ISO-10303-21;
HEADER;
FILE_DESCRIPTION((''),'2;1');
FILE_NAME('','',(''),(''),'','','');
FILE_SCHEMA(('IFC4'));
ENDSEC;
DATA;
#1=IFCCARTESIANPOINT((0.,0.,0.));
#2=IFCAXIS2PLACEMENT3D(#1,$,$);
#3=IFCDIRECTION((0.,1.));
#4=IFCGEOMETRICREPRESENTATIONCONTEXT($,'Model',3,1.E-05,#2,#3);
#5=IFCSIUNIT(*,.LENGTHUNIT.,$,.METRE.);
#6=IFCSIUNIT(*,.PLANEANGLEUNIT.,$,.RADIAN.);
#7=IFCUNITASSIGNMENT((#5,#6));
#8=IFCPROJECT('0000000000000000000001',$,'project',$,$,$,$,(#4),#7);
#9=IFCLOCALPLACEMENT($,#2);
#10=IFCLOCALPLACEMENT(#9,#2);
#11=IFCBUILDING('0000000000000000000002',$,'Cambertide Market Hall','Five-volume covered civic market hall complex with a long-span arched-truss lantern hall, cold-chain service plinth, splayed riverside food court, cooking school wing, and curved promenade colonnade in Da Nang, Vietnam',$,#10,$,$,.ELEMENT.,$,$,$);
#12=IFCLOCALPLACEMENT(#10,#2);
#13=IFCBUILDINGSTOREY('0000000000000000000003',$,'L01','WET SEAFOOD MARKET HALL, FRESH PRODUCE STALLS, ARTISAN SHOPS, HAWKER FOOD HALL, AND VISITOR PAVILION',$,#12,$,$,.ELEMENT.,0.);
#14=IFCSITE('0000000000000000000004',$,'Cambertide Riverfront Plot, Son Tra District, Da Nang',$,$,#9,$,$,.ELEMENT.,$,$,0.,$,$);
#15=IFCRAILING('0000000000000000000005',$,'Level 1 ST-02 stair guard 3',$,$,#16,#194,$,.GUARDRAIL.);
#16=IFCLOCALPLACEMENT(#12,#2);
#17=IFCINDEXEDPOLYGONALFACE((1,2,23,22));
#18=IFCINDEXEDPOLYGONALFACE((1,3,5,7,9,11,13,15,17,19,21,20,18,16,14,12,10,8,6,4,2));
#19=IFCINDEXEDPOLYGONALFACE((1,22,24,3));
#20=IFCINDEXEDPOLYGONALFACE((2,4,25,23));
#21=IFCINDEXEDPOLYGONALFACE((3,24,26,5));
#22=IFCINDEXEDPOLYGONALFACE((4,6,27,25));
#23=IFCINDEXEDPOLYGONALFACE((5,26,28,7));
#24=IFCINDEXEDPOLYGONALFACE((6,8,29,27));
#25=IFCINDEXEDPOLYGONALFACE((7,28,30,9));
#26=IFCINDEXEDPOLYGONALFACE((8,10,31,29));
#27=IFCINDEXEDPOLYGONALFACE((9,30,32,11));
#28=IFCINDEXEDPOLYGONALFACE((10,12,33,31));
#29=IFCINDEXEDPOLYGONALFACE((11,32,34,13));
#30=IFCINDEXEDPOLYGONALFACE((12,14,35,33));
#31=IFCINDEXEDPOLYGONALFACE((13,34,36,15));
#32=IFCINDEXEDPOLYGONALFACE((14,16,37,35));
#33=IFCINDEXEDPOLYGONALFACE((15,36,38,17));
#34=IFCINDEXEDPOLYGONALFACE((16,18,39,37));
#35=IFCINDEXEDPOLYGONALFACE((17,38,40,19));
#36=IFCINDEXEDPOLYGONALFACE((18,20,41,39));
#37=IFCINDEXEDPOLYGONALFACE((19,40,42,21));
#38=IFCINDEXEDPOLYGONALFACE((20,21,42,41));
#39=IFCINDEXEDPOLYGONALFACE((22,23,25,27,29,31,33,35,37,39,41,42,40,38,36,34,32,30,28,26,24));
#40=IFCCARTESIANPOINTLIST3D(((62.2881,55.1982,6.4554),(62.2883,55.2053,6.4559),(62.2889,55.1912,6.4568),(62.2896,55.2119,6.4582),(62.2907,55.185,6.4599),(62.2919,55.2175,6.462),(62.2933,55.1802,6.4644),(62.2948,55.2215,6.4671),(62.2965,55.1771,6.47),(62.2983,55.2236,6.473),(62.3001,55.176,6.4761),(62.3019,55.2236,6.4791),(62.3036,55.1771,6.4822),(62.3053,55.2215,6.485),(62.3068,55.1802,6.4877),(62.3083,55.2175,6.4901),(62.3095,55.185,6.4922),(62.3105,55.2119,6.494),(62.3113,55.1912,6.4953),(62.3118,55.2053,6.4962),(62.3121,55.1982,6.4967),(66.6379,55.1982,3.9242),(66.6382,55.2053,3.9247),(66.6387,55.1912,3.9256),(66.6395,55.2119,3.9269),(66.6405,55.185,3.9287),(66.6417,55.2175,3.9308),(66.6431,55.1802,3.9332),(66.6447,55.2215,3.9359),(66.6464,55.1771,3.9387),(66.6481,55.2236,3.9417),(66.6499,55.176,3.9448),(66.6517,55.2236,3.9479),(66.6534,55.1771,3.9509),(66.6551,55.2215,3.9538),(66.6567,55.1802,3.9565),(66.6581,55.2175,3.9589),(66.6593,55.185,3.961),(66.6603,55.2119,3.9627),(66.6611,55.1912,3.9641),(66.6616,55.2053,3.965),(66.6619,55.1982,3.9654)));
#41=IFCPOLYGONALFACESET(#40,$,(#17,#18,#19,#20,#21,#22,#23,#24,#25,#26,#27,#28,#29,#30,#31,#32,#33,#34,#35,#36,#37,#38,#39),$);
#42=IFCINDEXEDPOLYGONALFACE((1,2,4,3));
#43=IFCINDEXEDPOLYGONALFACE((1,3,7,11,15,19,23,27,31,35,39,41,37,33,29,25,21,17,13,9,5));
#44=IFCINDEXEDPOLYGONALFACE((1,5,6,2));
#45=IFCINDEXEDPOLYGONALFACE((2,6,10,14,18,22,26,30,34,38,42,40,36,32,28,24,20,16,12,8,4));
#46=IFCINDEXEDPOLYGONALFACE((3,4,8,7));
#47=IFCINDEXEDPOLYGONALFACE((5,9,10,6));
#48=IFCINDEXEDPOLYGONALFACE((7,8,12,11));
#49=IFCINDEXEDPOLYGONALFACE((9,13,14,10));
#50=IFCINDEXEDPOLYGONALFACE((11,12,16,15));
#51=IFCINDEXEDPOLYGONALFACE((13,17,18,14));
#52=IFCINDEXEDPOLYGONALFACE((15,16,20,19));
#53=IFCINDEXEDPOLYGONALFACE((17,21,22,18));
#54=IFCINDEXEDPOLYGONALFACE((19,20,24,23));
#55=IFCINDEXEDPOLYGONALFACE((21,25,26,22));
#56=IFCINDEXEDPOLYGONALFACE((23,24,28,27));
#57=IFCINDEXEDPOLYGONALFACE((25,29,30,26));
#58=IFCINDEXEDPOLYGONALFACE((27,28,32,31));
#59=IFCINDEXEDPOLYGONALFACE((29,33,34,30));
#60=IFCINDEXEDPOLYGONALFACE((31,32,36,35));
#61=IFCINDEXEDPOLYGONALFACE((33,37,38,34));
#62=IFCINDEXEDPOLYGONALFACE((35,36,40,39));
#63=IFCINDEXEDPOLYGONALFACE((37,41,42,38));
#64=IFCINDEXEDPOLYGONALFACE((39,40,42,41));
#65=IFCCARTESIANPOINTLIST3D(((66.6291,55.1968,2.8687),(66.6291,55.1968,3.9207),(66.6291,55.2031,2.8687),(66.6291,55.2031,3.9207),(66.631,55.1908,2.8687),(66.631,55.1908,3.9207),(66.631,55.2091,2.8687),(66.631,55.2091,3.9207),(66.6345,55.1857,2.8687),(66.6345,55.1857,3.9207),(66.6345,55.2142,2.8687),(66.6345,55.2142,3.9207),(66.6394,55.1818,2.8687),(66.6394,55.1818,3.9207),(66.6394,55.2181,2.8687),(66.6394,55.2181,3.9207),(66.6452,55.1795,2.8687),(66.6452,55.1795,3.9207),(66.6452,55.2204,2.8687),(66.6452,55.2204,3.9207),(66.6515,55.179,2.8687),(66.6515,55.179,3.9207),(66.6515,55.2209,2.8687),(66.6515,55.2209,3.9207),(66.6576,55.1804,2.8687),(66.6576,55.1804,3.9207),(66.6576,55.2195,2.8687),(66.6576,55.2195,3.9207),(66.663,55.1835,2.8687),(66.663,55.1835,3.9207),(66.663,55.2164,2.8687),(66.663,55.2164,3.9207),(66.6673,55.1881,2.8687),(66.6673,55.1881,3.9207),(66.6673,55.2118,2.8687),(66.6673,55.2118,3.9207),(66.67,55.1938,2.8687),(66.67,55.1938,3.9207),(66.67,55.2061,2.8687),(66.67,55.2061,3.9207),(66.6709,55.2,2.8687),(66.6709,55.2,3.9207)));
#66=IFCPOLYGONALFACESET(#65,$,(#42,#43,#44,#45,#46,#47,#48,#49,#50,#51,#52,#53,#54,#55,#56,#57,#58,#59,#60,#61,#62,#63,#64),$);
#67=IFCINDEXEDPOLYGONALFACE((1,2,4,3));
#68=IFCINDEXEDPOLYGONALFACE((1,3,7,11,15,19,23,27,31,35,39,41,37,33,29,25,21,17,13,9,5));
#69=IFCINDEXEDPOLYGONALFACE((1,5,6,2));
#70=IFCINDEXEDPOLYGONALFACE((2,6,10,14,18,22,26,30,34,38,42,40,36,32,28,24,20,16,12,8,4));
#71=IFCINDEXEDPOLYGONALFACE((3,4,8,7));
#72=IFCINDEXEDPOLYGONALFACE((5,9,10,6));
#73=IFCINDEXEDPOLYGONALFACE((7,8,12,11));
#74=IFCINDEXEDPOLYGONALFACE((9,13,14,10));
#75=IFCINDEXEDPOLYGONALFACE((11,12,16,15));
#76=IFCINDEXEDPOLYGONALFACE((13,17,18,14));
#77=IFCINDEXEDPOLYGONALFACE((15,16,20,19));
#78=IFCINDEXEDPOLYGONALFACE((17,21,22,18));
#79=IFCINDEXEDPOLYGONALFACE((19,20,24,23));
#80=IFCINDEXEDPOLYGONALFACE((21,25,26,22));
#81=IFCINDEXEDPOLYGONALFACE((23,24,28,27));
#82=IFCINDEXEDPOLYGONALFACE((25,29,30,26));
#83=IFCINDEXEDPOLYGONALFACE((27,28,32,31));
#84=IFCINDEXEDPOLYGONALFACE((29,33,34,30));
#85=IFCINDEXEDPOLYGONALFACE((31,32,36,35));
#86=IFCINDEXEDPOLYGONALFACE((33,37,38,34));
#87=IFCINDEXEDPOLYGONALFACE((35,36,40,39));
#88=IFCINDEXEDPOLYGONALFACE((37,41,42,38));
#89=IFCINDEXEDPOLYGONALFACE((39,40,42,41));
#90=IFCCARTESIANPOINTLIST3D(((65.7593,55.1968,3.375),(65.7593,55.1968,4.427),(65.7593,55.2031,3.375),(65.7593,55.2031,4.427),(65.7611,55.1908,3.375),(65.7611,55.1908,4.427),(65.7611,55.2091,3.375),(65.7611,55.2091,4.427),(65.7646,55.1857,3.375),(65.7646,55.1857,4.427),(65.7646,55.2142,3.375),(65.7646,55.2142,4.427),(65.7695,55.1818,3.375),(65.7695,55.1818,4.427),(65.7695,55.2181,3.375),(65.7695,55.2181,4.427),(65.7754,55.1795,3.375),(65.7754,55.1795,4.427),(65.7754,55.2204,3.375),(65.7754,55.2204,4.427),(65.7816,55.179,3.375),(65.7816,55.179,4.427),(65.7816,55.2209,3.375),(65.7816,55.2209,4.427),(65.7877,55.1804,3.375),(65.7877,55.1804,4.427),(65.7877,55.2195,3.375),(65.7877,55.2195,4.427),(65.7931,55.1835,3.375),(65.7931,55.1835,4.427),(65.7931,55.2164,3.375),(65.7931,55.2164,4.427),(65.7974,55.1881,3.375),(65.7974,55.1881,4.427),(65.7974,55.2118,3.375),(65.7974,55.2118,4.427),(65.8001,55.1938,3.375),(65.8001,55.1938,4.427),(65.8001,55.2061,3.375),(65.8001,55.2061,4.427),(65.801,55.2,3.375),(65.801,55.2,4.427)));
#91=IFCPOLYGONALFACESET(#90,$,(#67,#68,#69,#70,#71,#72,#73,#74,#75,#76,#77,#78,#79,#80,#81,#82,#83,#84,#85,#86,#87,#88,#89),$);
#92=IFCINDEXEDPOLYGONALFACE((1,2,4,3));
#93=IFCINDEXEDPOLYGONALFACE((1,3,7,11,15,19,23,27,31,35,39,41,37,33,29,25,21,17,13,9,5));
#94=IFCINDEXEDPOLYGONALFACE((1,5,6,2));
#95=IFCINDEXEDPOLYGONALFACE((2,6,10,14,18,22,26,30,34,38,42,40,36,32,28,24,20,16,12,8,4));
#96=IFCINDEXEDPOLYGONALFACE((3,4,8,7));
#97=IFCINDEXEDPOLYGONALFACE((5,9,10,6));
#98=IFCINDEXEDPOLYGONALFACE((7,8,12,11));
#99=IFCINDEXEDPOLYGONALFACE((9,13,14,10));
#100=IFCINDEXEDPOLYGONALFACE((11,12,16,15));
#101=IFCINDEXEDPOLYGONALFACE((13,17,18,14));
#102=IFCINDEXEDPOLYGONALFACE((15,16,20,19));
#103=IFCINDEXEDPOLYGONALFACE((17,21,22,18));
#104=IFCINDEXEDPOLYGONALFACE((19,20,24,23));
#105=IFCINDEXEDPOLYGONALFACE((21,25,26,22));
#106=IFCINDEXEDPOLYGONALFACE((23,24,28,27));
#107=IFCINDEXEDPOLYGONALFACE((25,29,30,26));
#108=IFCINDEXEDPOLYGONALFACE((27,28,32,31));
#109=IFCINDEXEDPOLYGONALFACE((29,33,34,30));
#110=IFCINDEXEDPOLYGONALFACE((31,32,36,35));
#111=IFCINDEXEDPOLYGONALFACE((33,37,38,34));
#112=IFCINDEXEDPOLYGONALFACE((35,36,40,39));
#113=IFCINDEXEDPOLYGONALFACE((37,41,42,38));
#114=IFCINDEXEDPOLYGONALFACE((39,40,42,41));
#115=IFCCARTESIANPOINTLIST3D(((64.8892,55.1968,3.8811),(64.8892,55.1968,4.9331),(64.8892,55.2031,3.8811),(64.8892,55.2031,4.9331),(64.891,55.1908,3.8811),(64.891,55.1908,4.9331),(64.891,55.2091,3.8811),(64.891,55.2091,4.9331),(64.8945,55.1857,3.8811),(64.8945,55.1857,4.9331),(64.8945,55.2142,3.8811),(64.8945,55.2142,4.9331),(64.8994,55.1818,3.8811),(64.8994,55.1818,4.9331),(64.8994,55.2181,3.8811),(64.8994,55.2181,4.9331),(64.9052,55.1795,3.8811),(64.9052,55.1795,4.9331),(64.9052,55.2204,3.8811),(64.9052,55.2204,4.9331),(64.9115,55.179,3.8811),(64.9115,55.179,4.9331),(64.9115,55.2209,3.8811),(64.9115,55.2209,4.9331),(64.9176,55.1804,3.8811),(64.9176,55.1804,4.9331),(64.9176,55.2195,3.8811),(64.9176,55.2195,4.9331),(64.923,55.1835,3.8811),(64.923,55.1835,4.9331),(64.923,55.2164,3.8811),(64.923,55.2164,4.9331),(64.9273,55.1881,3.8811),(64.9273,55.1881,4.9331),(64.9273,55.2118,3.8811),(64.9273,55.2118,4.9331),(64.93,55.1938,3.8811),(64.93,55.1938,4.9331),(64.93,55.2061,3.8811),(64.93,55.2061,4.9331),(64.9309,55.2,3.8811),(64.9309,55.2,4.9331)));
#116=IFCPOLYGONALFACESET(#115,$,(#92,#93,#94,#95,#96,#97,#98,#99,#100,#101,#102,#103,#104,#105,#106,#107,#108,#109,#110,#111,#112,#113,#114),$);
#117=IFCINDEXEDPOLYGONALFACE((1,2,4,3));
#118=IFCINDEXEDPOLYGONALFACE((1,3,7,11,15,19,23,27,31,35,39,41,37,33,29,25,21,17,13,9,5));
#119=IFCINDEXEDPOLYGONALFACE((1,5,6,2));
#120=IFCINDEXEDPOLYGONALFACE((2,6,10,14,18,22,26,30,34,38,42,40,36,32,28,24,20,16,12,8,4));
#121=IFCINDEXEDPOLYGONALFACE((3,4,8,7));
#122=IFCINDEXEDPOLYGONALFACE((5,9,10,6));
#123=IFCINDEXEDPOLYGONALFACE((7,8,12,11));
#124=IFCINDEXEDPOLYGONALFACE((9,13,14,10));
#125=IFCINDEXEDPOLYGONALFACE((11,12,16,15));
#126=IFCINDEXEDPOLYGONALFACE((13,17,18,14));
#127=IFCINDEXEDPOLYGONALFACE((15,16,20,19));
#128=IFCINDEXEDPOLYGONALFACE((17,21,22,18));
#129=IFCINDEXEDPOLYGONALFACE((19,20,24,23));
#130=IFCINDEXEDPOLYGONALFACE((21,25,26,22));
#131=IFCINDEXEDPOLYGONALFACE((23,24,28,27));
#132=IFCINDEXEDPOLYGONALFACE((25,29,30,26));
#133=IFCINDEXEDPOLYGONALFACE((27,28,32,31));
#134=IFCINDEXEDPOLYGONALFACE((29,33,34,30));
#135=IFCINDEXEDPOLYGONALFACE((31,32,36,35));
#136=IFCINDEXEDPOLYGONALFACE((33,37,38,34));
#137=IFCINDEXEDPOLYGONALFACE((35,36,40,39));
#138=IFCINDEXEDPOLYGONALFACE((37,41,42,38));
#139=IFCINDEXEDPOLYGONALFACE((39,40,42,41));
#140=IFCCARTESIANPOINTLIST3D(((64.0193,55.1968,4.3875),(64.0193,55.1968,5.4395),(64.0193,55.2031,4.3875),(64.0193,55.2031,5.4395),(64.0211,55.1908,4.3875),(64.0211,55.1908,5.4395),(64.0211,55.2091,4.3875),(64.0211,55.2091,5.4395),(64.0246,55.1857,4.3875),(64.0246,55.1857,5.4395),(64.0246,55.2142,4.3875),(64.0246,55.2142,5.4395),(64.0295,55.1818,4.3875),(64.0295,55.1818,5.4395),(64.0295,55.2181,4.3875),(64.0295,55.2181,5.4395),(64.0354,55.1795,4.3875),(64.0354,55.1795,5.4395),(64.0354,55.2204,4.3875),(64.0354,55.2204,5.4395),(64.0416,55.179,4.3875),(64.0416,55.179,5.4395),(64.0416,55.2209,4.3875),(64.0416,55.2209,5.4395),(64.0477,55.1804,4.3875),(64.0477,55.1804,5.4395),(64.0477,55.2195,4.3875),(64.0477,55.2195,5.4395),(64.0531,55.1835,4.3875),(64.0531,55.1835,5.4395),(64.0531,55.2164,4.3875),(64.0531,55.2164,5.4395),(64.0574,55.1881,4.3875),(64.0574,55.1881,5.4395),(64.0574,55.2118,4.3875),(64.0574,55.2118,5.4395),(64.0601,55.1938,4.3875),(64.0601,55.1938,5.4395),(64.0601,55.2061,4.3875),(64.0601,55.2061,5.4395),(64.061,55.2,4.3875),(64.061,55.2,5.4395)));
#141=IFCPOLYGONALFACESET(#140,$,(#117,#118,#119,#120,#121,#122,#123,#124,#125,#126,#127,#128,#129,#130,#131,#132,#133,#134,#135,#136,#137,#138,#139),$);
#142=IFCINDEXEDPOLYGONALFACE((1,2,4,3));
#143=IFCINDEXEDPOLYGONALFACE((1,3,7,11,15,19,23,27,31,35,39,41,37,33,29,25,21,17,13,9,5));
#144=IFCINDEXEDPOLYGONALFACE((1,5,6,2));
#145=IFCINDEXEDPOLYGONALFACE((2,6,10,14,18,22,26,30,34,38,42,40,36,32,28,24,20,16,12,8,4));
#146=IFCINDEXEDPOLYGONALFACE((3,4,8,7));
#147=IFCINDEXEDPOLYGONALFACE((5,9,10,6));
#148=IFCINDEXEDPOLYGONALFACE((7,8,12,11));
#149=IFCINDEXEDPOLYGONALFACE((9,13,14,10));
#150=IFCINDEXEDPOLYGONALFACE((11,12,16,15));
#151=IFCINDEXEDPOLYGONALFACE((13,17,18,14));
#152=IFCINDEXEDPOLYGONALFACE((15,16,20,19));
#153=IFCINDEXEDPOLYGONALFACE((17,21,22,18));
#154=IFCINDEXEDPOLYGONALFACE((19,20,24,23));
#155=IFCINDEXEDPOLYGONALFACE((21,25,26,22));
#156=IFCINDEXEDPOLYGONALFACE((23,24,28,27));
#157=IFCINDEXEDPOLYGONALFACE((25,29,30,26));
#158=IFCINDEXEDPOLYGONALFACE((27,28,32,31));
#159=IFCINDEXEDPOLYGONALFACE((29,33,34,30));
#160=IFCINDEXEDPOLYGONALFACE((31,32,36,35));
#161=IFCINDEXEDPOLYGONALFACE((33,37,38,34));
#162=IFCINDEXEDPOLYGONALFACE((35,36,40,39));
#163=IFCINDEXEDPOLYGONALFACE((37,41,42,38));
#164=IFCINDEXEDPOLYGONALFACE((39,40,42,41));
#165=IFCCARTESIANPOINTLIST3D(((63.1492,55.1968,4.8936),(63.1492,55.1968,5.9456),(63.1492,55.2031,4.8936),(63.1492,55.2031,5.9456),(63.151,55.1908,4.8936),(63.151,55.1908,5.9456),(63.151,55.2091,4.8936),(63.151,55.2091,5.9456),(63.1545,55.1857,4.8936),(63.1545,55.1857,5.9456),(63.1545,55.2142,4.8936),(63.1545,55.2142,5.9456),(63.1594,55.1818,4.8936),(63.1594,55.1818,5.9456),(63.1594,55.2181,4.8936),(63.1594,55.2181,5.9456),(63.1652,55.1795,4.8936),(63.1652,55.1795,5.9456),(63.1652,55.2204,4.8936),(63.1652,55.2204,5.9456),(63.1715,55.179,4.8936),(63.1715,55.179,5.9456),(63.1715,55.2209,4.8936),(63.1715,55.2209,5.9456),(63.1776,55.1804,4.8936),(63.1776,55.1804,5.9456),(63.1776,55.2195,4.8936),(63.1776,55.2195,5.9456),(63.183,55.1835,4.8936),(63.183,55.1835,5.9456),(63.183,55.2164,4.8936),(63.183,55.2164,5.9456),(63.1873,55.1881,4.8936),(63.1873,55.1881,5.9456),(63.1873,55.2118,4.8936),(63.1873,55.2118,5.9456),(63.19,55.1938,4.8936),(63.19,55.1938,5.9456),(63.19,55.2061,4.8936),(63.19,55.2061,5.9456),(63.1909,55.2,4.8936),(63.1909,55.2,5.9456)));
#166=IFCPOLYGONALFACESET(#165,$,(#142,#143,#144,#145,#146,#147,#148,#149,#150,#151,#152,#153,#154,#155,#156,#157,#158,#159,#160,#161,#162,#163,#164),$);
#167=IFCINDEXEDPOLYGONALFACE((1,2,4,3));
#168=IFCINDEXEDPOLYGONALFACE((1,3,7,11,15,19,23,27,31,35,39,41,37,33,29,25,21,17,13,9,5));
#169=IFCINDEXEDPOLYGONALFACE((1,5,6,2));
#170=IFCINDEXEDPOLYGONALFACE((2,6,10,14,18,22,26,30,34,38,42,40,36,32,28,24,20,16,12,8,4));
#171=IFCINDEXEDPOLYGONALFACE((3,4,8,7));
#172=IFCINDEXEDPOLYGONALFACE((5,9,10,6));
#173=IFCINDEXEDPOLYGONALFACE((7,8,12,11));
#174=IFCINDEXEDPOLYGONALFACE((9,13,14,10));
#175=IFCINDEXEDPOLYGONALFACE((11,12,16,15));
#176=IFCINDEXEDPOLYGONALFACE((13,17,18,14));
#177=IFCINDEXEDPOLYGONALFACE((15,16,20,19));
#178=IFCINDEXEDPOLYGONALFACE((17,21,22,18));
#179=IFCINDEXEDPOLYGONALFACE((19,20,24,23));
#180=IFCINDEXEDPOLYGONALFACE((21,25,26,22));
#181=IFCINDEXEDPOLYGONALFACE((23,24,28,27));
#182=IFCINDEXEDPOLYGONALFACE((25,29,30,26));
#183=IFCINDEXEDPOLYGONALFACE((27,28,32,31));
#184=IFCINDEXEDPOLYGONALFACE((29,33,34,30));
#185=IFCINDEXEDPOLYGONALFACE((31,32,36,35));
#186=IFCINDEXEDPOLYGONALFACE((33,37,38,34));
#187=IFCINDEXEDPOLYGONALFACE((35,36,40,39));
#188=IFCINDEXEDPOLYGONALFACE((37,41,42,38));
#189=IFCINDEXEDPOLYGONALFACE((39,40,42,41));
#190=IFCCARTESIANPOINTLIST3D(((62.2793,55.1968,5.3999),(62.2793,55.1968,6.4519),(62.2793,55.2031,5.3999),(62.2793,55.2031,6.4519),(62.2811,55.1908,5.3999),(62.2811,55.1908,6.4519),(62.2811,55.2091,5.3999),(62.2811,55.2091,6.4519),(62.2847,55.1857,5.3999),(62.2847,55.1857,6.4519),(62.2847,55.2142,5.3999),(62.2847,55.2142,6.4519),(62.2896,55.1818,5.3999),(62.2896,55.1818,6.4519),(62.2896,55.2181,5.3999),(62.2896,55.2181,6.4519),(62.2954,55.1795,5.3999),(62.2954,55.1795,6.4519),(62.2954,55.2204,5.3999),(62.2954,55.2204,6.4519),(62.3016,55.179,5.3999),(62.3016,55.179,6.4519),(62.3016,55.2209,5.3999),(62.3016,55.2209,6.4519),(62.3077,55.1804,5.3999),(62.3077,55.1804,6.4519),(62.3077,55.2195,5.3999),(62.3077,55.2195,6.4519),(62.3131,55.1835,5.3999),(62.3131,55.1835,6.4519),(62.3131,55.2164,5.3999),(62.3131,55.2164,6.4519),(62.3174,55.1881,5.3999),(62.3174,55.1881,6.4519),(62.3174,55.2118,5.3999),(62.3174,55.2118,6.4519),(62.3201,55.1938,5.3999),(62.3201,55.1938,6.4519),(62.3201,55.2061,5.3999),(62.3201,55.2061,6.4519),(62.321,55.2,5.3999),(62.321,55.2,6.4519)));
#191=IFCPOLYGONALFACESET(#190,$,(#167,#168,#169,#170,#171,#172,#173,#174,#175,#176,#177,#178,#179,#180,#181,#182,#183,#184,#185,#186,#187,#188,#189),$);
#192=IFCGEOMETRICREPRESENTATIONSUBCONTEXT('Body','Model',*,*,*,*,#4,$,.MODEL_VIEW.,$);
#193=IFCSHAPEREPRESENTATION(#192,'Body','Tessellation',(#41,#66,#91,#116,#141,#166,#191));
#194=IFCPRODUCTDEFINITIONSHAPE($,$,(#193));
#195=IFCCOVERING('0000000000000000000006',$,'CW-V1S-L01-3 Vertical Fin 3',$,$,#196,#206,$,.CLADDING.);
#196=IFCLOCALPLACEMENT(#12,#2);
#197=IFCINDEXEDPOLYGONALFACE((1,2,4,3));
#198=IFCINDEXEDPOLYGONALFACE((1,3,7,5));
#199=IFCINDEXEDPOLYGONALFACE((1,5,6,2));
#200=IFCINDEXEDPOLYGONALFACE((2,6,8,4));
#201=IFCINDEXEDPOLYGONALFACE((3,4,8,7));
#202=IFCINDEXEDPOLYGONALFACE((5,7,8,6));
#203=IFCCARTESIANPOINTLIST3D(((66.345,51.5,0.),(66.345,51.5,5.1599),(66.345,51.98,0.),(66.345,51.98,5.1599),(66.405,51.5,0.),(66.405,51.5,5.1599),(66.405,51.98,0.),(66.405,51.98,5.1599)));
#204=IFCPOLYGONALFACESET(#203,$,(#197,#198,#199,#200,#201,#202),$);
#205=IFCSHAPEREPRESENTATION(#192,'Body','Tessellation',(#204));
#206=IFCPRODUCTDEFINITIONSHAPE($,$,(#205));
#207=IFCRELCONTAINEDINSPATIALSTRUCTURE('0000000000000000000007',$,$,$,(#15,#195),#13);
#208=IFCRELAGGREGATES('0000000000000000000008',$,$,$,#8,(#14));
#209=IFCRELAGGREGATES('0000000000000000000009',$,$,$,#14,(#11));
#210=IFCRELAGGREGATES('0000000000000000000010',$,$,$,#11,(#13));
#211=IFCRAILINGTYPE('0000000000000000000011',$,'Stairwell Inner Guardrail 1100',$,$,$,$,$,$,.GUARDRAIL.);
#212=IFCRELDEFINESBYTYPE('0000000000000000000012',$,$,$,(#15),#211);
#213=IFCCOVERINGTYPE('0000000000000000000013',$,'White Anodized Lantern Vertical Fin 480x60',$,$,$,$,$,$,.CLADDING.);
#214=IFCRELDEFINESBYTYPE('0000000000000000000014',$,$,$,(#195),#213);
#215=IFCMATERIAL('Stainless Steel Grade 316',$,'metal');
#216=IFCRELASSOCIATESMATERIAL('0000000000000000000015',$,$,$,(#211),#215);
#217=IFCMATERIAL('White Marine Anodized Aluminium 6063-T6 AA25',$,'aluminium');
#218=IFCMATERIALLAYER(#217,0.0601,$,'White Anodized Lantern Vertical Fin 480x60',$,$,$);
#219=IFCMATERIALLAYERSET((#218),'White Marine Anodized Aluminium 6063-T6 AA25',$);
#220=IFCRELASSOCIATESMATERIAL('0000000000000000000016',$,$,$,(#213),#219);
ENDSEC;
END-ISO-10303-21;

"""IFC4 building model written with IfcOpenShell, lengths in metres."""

from ifc_helpers import new_model, si_unit, direction, frame, origin, origin_2d, place, context, subcontext, project, spatial, rectangle, circle, extrude, material, layer, layer_set, type_object, element, save


model = new_model("IFC4")

# Units and contexts
model_context = context("Model", 3, precision=1e-05, world=origin(), true_north=direction((0.0, 1.0)))
body_context = subcontext(model_context, "Body", "Model", "MODEL_VIEW")
ifc_project = project(units=[si_unit("LENGTHUNIT", "METRE"), si_unit("PLANEANGLEUNIT", "RADIAN")], contexts=[model_context])

# Site, building, storey
site_placement = place(None, origin())
site = spatial("IfcSite", under=ifc_project, at=site_placement, Name="Cambertide Riverfront Plot, Son Tra District, Da Nang", CompositionType="ELEMENT", RefElevation=0.0)
building_placement = place(site_placement, origin())
building = spatial("IfcBuilding", under=site, at=building_placement, Name="Cambertide Market Hall", Description="Five-volume covered civic market hall complex with a long-span arched-truss lantern hall, cold-chain service plinth, splayed riverside food court, cooking school wing, and curved promenade colonnade in Da Nang, Vietnam", CompositionType="ELEMENT")
storey_placement = place(building_placement, origin())
storey = spatial("IfcBuildingStorey", under=building, at=storey_placement, Name="L01", Description="WET SEAFOOD MARKET HALL, FRESH PRODUCE STALLS, ARTISAN SHOPS, HAWKER FOOD HALL, AND VISITOR PAVILION", CompositionType="ELEMENT", Elevation=0.0)

# Railing
ifc_material_1 = material(Name="Stainless Steel Grade 316", Category="metal")
railing_type = type_object("IfcRailingType", Name="Stairwell Inner Guardrail 1100", PredefinedType="GUARDRAIL", material=ifc_material_1)
railing_placement = place(storey_placement, frame((66.6499, 55.2, 2.8687)))
element("IfcRailing", 1, at=railing_placement, inside=storey, type_object=railing_type, Name="Level 1 ST-02 stair guard 3", PredefinedType="GUARDRAIL", context=body_context, shape_type="SweptSolid", body=[
    extrude(circle(Radius=0.0239, at=origin_2d()), frame((0.0, 0.0, 1.0762), z_axis=(-0.864312, 0.0, 0.502957), x_axis=(0.0, -1.0, 0.0)), (0.0, 0.0, 1.0), 5.0327),
    extrude(circle(Radius=0.021, at=origin_2d()), origin(), (0.0, 0.0, 1.0), 1.052),
    extrude(circle(Radius=0.021, at=origin_2d()), frame((-0.8699, 0.0, 0.5063)), (0.0, 0.0, 1.0), 1.052),
    extrude(circle(Radius=0.021, at=origin_2d()), frame((-1.74, 0.0, 1.0125)), (0.0, 0.0, 1.0), 1.052),
    extrude(circle(Radius=0.021, at=origin_2d()), frame((-2.6099, 0.0, 1.5188)), (0.0, 0.0, 1.0), 1.052),
    extrude(circle(Radius=0.021, at=origin_2d()), frame((-3.48, 0.0, 2.0249)), (0.0, 0.0, 1.0), 1.052),
    extrude(circle(Radius=0.021, at=origin_2d()), frame((-4.3499, 0.0, 2.5312)), (0.0, 0.0, 1.0), 1.052),
])

# Covering
ifc_material_2 = material(Name="White Marine Anodized Aluminium 6063-T6 AA25", Category="aluminium")
ifc_layer_1 = layer(ifc_material_2, 0.0601, Name="White Anodized Lantern Vertical Fin 480x60")
ifc_layer_set_1 = layer_set([ifc_layer_1], Name="White Marine Anodized Aluminium 6063-T6 AA25")
covering_type = type_object("IfcCoveringType", Name="White Anodized Lantern Vertical Fin 480x60", PredefinedType="CLADDING", material=ifc_layer_set_1)
for number, where, z_axis, x_axis, name in (
    (2, (66.375, 51.74, 0.0), (0.0, 0.0, 1.0), (-1.0, 0.0, 0.0), "CW-V1S-L01-3 Vertical Fin 3"),
):
    element("IfcCovering", number, at=place(storey_placement, frame(where, z_axis=z_axis, x_axis=x_axis)), inside=storey, type_object=covering_type, Name=name, PredefinedType="CLADDING", context=body_context, shape_type="SweptSolid", body=[
        extrude(rectangle(XDim=0.0601, YDim=0.48, at=origin_2d()), origin(), (0.0, 0.0, 1.0), 5.1599),
    ])

save(model, "model.ifc")
